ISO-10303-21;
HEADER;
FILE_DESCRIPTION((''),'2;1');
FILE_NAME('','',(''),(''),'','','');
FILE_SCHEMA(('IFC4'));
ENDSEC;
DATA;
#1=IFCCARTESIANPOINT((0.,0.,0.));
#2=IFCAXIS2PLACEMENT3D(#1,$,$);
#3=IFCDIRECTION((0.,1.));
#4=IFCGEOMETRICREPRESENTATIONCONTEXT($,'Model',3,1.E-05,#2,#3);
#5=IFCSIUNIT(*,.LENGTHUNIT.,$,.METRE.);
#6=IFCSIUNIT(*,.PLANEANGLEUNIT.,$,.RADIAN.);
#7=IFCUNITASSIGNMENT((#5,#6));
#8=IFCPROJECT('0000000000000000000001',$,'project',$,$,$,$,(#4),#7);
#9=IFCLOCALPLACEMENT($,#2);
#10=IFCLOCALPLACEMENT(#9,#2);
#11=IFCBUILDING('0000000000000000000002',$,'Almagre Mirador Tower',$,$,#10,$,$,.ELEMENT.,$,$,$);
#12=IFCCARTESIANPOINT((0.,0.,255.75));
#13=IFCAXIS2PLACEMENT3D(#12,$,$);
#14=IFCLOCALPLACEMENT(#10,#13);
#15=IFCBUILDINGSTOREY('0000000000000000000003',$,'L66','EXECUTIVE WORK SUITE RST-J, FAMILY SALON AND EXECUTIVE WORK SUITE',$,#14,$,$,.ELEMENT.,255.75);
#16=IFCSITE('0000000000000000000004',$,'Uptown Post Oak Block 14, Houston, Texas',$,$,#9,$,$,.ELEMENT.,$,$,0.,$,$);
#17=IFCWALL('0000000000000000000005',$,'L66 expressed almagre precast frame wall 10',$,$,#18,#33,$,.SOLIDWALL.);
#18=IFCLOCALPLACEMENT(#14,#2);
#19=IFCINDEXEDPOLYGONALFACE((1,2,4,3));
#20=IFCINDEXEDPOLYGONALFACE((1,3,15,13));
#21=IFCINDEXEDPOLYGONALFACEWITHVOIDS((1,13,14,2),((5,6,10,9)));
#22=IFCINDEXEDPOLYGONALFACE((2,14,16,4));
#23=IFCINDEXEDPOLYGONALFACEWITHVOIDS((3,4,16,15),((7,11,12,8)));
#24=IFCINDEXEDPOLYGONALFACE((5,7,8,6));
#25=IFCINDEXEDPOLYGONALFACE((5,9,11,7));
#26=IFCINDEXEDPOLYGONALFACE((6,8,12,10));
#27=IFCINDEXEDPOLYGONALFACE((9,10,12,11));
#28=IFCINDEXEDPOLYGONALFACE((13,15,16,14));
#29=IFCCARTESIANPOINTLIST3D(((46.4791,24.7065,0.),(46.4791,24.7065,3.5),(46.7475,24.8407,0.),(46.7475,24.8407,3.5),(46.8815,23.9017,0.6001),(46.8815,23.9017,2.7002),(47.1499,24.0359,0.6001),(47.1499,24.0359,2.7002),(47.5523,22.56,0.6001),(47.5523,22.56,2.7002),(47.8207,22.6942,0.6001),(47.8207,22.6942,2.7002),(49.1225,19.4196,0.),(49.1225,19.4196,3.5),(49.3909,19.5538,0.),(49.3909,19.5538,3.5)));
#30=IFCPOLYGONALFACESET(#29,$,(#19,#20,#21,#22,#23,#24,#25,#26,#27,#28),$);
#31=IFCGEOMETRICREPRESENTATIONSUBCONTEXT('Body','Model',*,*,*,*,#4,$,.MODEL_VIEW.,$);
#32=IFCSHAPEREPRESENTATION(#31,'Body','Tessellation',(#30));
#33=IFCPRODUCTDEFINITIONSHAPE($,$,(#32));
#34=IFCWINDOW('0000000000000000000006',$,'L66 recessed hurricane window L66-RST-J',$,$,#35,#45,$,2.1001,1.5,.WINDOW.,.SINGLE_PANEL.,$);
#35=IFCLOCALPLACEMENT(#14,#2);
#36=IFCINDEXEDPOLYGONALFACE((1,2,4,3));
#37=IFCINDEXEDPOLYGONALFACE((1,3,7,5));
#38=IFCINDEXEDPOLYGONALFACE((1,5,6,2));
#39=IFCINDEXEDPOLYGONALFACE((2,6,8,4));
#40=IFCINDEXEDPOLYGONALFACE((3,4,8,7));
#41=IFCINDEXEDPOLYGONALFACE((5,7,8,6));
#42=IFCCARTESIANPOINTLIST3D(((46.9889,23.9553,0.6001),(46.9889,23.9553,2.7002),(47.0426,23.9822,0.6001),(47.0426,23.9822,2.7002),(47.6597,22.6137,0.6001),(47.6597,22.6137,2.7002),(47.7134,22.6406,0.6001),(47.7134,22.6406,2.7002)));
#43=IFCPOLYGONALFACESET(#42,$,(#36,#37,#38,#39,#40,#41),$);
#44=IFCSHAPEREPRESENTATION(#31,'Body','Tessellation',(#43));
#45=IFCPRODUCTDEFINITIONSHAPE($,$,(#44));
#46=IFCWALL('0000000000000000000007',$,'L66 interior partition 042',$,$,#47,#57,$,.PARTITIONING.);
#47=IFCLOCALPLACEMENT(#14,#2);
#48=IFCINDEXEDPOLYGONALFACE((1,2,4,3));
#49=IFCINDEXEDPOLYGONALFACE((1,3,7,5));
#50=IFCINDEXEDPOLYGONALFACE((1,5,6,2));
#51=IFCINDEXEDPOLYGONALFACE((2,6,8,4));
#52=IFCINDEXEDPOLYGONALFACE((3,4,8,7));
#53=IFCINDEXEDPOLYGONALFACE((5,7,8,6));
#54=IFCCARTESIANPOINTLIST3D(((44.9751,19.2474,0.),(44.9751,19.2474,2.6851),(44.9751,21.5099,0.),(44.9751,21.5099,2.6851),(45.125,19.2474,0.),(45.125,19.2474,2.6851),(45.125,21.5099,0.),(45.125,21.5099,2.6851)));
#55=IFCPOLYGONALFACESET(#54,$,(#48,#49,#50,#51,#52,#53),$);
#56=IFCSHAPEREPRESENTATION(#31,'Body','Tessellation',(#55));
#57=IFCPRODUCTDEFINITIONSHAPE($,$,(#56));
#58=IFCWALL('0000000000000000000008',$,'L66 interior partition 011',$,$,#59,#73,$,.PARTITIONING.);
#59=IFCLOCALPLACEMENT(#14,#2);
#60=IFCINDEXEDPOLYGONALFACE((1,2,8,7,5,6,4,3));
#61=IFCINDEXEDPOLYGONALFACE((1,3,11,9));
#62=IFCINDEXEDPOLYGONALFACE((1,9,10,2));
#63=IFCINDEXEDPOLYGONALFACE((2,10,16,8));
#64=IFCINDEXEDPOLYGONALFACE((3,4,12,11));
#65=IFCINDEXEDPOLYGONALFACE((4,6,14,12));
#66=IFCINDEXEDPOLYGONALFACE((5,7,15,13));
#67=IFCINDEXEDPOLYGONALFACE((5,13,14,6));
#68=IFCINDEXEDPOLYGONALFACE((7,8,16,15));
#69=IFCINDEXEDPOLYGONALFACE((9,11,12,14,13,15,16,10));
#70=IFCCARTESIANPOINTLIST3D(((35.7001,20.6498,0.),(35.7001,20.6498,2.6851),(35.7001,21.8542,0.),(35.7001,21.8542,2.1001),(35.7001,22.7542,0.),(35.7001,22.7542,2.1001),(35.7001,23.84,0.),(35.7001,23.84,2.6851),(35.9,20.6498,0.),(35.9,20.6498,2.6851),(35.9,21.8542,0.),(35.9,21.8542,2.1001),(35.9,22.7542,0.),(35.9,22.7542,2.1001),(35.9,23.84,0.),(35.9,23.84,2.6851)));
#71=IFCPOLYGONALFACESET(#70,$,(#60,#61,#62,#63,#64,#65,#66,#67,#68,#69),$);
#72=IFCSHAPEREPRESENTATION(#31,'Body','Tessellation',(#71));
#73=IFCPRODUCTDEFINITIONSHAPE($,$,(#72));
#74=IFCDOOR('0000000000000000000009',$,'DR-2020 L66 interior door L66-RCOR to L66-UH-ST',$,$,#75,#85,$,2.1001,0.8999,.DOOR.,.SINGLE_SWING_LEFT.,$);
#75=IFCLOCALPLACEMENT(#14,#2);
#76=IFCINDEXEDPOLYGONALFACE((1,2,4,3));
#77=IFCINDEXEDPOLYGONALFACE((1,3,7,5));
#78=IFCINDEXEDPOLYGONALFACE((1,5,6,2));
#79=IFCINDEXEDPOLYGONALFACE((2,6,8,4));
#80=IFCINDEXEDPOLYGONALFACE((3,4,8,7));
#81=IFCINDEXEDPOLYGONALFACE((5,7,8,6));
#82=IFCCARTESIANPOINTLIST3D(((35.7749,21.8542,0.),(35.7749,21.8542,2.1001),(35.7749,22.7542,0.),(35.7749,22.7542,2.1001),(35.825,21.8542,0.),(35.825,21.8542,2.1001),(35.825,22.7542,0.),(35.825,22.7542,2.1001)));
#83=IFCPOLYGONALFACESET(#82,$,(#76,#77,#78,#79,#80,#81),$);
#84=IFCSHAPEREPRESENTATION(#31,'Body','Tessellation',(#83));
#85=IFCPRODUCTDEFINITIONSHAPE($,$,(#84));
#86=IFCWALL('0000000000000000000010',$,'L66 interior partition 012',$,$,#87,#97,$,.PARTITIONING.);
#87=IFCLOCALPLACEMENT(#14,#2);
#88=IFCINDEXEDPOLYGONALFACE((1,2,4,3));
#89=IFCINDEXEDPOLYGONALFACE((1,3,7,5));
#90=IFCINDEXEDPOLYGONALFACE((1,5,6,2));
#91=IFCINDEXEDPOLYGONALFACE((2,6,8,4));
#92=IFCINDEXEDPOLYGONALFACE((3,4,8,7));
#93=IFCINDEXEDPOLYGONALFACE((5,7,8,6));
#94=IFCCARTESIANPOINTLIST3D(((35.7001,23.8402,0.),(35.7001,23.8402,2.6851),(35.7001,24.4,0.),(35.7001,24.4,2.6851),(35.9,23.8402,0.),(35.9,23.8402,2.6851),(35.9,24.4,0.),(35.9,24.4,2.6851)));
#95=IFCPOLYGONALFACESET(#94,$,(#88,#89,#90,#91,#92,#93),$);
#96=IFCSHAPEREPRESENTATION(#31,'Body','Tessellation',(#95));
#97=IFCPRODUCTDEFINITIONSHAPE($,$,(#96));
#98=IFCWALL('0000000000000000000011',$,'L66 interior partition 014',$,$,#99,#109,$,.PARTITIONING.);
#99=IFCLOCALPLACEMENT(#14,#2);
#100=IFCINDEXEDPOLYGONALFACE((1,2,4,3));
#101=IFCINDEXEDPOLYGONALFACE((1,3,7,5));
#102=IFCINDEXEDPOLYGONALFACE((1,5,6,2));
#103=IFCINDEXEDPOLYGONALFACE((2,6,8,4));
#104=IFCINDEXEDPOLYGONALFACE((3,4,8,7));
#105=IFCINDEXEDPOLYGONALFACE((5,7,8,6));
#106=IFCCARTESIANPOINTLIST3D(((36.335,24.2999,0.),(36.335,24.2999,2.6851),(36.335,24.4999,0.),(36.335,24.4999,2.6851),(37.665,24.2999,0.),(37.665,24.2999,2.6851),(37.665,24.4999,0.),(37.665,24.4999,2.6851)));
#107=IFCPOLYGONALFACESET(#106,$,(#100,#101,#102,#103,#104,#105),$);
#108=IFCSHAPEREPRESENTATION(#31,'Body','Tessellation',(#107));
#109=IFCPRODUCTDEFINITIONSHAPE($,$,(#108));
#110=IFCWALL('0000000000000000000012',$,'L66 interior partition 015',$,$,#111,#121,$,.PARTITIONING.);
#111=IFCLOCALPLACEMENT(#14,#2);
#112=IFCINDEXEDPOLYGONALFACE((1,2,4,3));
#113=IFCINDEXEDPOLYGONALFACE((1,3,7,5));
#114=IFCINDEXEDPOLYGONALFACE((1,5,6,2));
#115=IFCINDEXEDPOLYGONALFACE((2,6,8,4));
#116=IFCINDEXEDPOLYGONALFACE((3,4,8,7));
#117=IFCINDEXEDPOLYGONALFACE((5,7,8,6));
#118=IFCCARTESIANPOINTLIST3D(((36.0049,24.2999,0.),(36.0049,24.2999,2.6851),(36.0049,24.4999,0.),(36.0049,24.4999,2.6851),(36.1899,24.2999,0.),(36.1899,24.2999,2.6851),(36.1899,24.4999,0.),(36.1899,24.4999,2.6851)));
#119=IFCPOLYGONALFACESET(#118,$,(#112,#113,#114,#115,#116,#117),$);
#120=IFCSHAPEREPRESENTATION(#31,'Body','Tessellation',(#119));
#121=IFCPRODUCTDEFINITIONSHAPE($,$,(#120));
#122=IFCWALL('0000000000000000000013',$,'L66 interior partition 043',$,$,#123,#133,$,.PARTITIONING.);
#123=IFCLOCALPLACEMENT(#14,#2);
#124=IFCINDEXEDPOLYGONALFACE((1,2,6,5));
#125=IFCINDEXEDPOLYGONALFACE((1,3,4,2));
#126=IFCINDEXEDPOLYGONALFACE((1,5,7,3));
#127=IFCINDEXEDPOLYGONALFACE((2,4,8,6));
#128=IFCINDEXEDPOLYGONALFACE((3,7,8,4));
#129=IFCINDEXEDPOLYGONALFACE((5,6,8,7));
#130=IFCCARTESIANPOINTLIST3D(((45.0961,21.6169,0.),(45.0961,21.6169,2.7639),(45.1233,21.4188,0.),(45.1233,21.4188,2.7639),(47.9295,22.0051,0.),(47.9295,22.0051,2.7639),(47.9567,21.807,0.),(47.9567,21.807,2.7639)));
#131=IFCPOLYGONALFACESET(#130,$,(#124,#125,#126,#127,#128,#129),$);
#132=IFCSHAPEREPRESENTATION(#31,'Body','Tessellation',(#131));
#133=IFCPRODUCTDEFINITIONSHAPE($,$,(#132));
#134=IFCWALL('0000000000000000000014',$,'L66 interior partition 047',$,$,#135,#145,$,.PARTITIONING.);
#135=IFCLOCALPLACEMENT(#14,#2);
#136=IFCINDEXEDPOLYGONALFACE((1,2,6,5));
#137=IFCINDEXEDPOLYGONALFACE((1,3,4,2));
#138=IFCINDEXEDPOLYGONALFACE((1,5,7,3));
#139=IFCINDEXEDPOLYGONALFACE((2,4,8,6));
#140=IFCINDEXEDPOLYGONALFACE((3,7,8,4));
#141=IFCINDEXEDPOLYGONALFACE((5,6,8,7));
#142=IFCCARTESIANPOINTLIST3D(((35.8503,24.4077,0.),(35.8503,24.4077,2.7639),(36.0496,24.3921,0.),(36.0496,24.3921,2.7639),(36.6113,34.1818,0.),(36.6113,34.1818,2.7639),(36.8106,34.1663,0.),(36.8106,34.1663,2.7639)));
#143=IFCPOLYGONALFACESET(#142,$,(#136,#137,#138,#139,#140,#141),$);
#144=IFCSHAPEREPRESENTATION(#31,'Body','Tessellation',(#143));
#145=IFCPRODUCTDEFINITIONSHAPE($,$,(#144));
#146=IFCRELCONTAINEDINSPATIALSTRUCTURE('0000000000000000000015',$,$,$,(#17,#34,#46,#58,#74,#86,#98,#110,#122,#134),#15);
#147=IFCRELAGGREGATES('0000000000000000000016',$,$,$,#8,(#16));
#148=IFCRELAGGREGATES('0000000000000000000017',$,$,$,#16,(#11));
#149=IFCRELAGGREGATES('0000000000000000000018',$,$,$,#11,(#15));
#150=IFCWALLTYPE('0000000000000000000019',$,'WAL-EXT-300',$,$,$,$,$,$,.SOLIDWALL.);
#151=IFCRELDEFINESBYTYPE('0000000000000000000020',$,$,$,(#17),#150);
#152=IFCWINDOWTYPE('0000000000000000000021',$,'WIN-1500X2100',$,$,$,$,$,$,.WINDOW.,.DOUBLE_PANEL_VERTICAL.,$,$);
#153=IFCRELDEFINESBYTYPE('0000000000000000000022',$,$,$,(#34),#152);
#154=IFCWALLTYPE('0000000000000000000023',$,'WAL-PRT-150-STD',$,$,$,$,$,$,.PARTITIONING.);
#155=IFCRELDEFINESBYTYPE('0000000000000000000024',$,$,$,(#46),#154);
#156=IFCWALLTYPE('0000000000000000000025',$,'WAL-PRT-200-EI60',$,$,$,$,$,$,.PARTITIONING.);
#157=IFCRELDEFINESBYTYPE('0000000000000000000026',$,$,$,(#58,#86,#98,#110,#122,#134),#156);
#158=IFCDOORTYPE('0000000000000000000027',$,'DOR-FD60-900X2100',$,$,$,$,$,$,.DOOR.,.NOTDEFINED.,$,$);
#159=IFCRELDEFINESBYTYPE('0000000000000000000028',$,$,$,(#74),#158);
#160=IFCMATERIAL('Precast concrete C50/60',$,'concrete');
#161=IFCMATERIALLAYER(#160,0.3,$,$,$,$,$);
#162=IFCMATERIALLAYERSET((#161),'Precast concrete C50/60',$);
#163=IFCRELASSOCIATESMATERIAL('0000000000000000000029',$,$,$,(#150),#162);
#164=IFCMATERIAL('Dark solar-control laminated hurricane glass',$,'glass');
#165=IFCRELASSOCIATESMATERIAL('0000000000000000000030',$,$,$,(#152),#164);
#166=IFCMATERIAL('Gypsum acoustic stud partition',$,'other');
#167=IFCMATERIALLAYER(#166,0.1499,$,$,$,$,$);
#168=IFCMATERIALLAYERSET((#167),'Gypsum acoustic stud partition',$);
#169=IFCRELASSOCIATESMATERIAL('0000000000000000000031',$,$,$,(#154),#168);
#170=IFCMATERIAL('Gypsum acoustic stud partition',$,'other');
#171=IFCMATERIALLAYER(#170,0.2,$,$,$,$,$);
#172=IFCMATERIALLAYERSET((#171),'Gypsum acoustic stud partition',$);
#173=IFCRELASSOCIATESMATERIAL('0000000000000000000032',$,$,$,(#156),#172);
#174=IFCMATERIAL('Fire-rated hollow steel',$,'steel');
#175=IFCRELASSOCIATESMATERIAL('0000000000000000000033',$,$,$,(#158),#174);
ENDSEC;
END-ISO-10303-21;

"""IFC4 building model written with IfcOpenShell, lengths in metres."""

from ifc_helpers import new_model, si_unit, direction, frame, frame_2d, origin, place, context, subcontext, project, spatial, rectangle, extrude, material, layer, layer_set, type_object, element, fill, save


model = new_model("IFC4")

# Units and contexts
model_context = context("Model", 3, precision=1e-05, world=origin(), true_north=direction((0.0, 1.0)))
body_context = subcontext(model_context, "Body", "Model", "MODEL_VIEW")
ifc_project = project(units=[si_unit("LENGTHUNIT", "METRE"), si_unit("PLANEANGLEUNIT", "RADIAN")], contexts=[model_context])

# Site, building, storey
site_placement = place(None, origin())
site = spatial("IfcSite", under=ifc_project, at=site_placement, Name="Uptown Post Oak Block 14, Houston, Texas", CompositionType="ELEMENT", RefElevation=0.0)
building_placement = place(site_placement, origin())
building = spatial("IfcBuilding", under=site, at=building_placement, Name="Almagre Mirador Tower", CompositionType="ELEMENT")
storey_placement = place(building_placement, frame((0.0, 0.0, 255.75)))
storey = spatial("IfcBuildingStorey", under=building, at=storey_placement, Name="L66", Description="EXECUTIVE WORK SUITE RST-J, FAMILY SALON AND EXECUTIVE WORK SUITE", CompositionType="ELEMENT", Elevation=255.75)

# Wall, opening, window
ifc_material_1 = material(Name="Precast concrete C50/60", Category="concrete")
ifc_layer_1 = layer(ifc_material_1, 0.3)
ifc_layer_set_1 = layer_set([ifc_layer_1], Name="Precast concrete C50/60")
wall_type_1 = type_object("IfcWallType", Name="WAL-EXT-300", PredefinedType="SOLIDWALL", material=ifc_layer_set_1)
wall_1_placement = place(storey_placement, frame((46.6133, 24.7737, 0.0), z_axis=(0.0, 0.0, 1.0), x_axis=(0.447197, -0.894435, 0.0)))
wall_1 = element("IfcWall", 1, at=wall_1_placement, inside=storey, type_object=wall_type_1, Name="L66 expressed almagre precast frame wall 10", PredefinedType="SOLIDWALL", context=body_context, shape_type="SweptSolid", body=[
    extrude(rectangle(XDim=5.9109, YDim=0.3, at=frame_2d((2.9556, 0.0))), origin(), (0.0, 0.0, 1.0), 3.5),
])
opening_1_placement = place(wall_1_placement, frame((0.8999, 0.0, 0.6001)))
opening_1 = element("IfcOpeningElement", 2, at=opening_1_placement, cuts=wall_1, PredefinedType="OPENING", context=body_context, shape_type="SweptSolid", body=[
    extrude(rectangle(XDim=1.5, YDim=2.1001, at=frame_2d((0.75, 1.05))), frame((0.0, 0.1599, 0.0), z_axis=(0.0, -1.0, 0.0), x_axis=(1.0, 0.0, 0.0)), (0.0, 0.0, 1.0), 0.32),
])
ifc_material_2 = material(Name="Dark solar-control laminated hurricane glass", Category="glass")
window_type = type_object("IfcWindowType", Name="WIN-1500X2100", PartitioningType="DOUBLE_PANEL_VERTICAL", PredefinedType="WINDOW", material=ifc_material_2)
window_placement = place(opening_1_placement, origin())
window = element("IfcWindow", 3, at=window_placement, inside=storey, type_object=window_type, Name="L66 recessed hurricane window L66-RST-J", OverallHeight=2.1001, OverallWidth=1.5, PartitioningType="SINGLE_PANEL", PredefinedType="WINDOW", context=body_context, shape_type="SweptSolid", body=[
    extrude(rectangle(XDim=1.5, YDim=2.1001, at=frame_2d((0.75, 1.05))), frame((0.0, 0.03, 0.0), z_axis=(0.0, -1.0, 0.0), x_axis=(1.0, 0.0, 0.0)), (0.0, 0.0, 1.0), 0.0601),
])
fill(opening_1, window)

# Wall
ifc_material_3 = material(Name="Gypsum acoustic stud partition", Category="other")
ifc_layer_2 = layer(ifc_material_3, 0.1499)
ifc_layer_set_2 = layer_set([ifc_layer_2], Name="Gypsum acoustic stud partition")
wall_type_2 = type_object("IfcWallType", Name="WAL-PRT-150-STD", PredefinedType="PARTITIONING", material=ifc_layer_set_2)
wall_2_placement = place(storey_placement, frame((45.05, 21.51, 0.0), z_axis=(0.0, 0.0, 1.0), x_axis=(0.0, -1.0, 0.0)))
element("IfcWall", 4, at=wall_2_placement, inside=storey, type_object=wall_type_2, Name="L66 interior partition 042", PredefinedType="PARTITIONING", context=body_context, shape_type="SweptSolid", body=[
    extrude(rectangle(XDim=2.2625, YDim=0.1499, at=frame_2d((1.1313, 0.0))), origin(), (0.0, 0.0, 1.0), 2.6851),
])

# Wall, opening, door
ifc_material_4 = material(Name="Gypsum acoustic stud partition", Category="other")
ifc_layer_3 = layer(ifc_material_4, 0.2)
ifc_layer_set_3 = layer_set([ifc_layer_3], Name="Gypsum acoustic stud partition")
wall_type_3 = type_object("IfcWallType", Name="WAL-PRT-200-EI60", PredefinedType="PARTITIONING", material=ifc_layer_set_3)
wall_3_placement = place(storey_placement, frame((35.8, 23.8401, 0.0), z_axis=(0.0, 0.0, 1.0), x_axis=(0.0, -1.0, 0.0)))
wall_3 = element("IfcWall", 5, at=wall_3_placement, inside=storey, type_object=wall_type_3, Name="L66 interior partition 011", PredefinedType="PARTITIONING", context=body_context, shape_type="SweptSolid", body=[
    extrude(rectangle(XDim=3.1902, YDim=0.2, at=frame_2d((1.5952, 0.0))), origin(), (0.0, 0.0, 1.0), 2.6851),
])
opening_2_placement = place(wall_3_placement, frame((1.0859, 0.0, 0.0)))
opening_2 = element("IfcOpeningElement", 6, at=opening_2_placement, cuts=wall_3, PredefinedType="OPENING", context=body_context, shape_type="SweptSolid", body=[
    extrude(rectangle(XDim=0.8999, YDim=2.1001, at=frame_2d((0.45, 1.05))), frame((0.0, 0.1101, 0.0), z_axis=(0.0, -1.0, 0.0), x_axis=(1.0, 0.0, 0.0)), (0.0, 0.0, 1.0), 0.22),
])
ifc_material_5 = material(Name="Fire-rated hollow steel", Category="steel")
door_type = type_object("IfcDoorType", Name="DOR-FD60-900X2100", OperationType="NOTDEFINED", PredefinedType="DOOR", material=ifc_material_5)
door_placement = place(opening_2_placement, origin())
door = element("IfcDoor", 7, at=door_placement, inside=storey, type_object=door_type, Name="DR-2020 L66 interior door L66-RCOR to L66-UH-ST", OperationType="SINGLE_SWING_LEFT", OverallHeight=2.1001, OverallWidth=0.8999, PredefinedType="DOOR", context=body_context, shape_type="SweptSolid", body=[
    extrude(rectangle(XDim=0.8999, YDim=2.1001, at=frame_2d((0.45, 1.05))), frame((0.0, 0.0249, 0.0), z_axis=(0.0, -1.0, 0.0), x_axis=(1.0, 0.0, 0.0)), (0.0, 0.0, 1.0), 0.05),
])
fill(opening_2, door)

# Walls
wall_4_placement = place(storey_placement, frame((35.8, 24.3999, 0.0), z_axis=(0.0, 0.0, 1.0), x_axis=(0.0, -1.0, 0.0)))
element("IfcWall", 8, at=wall_4_placement, inside=storey, type_object=wall_type_3, Name="L66 interior partition 012", PredefinedType="PARTITIONING", context=body_context, shape_type="SweptSolid", body=[
    extrude(rectangle(XDim=0.5598, YDim=0.2, at=frame_2d((0.2798, 0.0))), origin(), (0.0, 0.0, 1.0), 2.6851),
])
wall_5_placement = place(storey_placement, frame((37.665, 24.3999, 0.0), z_axis=(0.0, 0.0, 1.0), x_axis=(-1.0, 0.0, 0.0)))
element("IfcWall", 9, at=wall_5_placement, inside=storey, type_object=wall_type_3, Name="L66 interior partition 014", PredefinedType="PARTITIONING", context=body_context, shape_type="SweptSolid", body=[
    extrude(rectangle(XDim=1.3301, YDim=0.2, at=frame_2d((0.665, 0.0))), origin(), (0.0, 0.0, 1.0), 2.6851),
])
wall_6_placement = place(storey_placement, frame((36.1899, 24.3999, 0.0), z_axis=(0.0, 0.0, 1.0), x_axis=(-1.0, 0.0, 0.0)))
element("IfcWall", 10, at=wall_6_placement, inside=storey, type_object=wall_type_3, Name="L66 interior partition 015", PredefinedType="PARTITIONING", context=body_context, shape_type="SweptSolid", body=[
    extrude(rectangle(XDim=0.1851, YDim=0.2, at=frame_2d((0.0925, 0.0))), origin(), (0.0, 0.0, 1.0), 2.6851),
])
wall_7_placement = place(storey_placement, frame((47.9431, 21.906, 0.0), z_axis=(0.0, 0.0, 1.0), x_axis=(-0.990746, -0.13573, 0.0)))
element("IfcWall", 11, at=wall_7_placement, inside=storey, type_object=wall_type_3, Name="L66 interior partition 043", PredefinedType="PARTITIONING", context=body_context, shape_type="SweptSolid", body=[
    extrude(rectangle(XDim=2.8599, YDim=0.2, at=frame_2d((1.4299, 0.0))), origin(), (0.0, 0.0, 1.0), 2.7639),
])
wall_8_placement = place(storey_placement, frame((35.95, 24.3999, 0.0), z_axis=(0.0, 0.0, 1.0), x_axis=(0.077622, 0.996983, 0.0)))
element("IfcWall", 12, at=wall_8_placement, inside=storey, type_object=wall_type_3, Name="L66 interior partition 047", PredefinedType="PARTITIONING", context=body_context, shape_type="SweptSolid", body=[
    extrude(rectangle(XDim=9.8037, YDim=0.2, at=frame_2d((4.9019, 0.0))), origin(), (0.0, 0.0, 1.0), 2.7639),
])

save(model, "model.ifc")
